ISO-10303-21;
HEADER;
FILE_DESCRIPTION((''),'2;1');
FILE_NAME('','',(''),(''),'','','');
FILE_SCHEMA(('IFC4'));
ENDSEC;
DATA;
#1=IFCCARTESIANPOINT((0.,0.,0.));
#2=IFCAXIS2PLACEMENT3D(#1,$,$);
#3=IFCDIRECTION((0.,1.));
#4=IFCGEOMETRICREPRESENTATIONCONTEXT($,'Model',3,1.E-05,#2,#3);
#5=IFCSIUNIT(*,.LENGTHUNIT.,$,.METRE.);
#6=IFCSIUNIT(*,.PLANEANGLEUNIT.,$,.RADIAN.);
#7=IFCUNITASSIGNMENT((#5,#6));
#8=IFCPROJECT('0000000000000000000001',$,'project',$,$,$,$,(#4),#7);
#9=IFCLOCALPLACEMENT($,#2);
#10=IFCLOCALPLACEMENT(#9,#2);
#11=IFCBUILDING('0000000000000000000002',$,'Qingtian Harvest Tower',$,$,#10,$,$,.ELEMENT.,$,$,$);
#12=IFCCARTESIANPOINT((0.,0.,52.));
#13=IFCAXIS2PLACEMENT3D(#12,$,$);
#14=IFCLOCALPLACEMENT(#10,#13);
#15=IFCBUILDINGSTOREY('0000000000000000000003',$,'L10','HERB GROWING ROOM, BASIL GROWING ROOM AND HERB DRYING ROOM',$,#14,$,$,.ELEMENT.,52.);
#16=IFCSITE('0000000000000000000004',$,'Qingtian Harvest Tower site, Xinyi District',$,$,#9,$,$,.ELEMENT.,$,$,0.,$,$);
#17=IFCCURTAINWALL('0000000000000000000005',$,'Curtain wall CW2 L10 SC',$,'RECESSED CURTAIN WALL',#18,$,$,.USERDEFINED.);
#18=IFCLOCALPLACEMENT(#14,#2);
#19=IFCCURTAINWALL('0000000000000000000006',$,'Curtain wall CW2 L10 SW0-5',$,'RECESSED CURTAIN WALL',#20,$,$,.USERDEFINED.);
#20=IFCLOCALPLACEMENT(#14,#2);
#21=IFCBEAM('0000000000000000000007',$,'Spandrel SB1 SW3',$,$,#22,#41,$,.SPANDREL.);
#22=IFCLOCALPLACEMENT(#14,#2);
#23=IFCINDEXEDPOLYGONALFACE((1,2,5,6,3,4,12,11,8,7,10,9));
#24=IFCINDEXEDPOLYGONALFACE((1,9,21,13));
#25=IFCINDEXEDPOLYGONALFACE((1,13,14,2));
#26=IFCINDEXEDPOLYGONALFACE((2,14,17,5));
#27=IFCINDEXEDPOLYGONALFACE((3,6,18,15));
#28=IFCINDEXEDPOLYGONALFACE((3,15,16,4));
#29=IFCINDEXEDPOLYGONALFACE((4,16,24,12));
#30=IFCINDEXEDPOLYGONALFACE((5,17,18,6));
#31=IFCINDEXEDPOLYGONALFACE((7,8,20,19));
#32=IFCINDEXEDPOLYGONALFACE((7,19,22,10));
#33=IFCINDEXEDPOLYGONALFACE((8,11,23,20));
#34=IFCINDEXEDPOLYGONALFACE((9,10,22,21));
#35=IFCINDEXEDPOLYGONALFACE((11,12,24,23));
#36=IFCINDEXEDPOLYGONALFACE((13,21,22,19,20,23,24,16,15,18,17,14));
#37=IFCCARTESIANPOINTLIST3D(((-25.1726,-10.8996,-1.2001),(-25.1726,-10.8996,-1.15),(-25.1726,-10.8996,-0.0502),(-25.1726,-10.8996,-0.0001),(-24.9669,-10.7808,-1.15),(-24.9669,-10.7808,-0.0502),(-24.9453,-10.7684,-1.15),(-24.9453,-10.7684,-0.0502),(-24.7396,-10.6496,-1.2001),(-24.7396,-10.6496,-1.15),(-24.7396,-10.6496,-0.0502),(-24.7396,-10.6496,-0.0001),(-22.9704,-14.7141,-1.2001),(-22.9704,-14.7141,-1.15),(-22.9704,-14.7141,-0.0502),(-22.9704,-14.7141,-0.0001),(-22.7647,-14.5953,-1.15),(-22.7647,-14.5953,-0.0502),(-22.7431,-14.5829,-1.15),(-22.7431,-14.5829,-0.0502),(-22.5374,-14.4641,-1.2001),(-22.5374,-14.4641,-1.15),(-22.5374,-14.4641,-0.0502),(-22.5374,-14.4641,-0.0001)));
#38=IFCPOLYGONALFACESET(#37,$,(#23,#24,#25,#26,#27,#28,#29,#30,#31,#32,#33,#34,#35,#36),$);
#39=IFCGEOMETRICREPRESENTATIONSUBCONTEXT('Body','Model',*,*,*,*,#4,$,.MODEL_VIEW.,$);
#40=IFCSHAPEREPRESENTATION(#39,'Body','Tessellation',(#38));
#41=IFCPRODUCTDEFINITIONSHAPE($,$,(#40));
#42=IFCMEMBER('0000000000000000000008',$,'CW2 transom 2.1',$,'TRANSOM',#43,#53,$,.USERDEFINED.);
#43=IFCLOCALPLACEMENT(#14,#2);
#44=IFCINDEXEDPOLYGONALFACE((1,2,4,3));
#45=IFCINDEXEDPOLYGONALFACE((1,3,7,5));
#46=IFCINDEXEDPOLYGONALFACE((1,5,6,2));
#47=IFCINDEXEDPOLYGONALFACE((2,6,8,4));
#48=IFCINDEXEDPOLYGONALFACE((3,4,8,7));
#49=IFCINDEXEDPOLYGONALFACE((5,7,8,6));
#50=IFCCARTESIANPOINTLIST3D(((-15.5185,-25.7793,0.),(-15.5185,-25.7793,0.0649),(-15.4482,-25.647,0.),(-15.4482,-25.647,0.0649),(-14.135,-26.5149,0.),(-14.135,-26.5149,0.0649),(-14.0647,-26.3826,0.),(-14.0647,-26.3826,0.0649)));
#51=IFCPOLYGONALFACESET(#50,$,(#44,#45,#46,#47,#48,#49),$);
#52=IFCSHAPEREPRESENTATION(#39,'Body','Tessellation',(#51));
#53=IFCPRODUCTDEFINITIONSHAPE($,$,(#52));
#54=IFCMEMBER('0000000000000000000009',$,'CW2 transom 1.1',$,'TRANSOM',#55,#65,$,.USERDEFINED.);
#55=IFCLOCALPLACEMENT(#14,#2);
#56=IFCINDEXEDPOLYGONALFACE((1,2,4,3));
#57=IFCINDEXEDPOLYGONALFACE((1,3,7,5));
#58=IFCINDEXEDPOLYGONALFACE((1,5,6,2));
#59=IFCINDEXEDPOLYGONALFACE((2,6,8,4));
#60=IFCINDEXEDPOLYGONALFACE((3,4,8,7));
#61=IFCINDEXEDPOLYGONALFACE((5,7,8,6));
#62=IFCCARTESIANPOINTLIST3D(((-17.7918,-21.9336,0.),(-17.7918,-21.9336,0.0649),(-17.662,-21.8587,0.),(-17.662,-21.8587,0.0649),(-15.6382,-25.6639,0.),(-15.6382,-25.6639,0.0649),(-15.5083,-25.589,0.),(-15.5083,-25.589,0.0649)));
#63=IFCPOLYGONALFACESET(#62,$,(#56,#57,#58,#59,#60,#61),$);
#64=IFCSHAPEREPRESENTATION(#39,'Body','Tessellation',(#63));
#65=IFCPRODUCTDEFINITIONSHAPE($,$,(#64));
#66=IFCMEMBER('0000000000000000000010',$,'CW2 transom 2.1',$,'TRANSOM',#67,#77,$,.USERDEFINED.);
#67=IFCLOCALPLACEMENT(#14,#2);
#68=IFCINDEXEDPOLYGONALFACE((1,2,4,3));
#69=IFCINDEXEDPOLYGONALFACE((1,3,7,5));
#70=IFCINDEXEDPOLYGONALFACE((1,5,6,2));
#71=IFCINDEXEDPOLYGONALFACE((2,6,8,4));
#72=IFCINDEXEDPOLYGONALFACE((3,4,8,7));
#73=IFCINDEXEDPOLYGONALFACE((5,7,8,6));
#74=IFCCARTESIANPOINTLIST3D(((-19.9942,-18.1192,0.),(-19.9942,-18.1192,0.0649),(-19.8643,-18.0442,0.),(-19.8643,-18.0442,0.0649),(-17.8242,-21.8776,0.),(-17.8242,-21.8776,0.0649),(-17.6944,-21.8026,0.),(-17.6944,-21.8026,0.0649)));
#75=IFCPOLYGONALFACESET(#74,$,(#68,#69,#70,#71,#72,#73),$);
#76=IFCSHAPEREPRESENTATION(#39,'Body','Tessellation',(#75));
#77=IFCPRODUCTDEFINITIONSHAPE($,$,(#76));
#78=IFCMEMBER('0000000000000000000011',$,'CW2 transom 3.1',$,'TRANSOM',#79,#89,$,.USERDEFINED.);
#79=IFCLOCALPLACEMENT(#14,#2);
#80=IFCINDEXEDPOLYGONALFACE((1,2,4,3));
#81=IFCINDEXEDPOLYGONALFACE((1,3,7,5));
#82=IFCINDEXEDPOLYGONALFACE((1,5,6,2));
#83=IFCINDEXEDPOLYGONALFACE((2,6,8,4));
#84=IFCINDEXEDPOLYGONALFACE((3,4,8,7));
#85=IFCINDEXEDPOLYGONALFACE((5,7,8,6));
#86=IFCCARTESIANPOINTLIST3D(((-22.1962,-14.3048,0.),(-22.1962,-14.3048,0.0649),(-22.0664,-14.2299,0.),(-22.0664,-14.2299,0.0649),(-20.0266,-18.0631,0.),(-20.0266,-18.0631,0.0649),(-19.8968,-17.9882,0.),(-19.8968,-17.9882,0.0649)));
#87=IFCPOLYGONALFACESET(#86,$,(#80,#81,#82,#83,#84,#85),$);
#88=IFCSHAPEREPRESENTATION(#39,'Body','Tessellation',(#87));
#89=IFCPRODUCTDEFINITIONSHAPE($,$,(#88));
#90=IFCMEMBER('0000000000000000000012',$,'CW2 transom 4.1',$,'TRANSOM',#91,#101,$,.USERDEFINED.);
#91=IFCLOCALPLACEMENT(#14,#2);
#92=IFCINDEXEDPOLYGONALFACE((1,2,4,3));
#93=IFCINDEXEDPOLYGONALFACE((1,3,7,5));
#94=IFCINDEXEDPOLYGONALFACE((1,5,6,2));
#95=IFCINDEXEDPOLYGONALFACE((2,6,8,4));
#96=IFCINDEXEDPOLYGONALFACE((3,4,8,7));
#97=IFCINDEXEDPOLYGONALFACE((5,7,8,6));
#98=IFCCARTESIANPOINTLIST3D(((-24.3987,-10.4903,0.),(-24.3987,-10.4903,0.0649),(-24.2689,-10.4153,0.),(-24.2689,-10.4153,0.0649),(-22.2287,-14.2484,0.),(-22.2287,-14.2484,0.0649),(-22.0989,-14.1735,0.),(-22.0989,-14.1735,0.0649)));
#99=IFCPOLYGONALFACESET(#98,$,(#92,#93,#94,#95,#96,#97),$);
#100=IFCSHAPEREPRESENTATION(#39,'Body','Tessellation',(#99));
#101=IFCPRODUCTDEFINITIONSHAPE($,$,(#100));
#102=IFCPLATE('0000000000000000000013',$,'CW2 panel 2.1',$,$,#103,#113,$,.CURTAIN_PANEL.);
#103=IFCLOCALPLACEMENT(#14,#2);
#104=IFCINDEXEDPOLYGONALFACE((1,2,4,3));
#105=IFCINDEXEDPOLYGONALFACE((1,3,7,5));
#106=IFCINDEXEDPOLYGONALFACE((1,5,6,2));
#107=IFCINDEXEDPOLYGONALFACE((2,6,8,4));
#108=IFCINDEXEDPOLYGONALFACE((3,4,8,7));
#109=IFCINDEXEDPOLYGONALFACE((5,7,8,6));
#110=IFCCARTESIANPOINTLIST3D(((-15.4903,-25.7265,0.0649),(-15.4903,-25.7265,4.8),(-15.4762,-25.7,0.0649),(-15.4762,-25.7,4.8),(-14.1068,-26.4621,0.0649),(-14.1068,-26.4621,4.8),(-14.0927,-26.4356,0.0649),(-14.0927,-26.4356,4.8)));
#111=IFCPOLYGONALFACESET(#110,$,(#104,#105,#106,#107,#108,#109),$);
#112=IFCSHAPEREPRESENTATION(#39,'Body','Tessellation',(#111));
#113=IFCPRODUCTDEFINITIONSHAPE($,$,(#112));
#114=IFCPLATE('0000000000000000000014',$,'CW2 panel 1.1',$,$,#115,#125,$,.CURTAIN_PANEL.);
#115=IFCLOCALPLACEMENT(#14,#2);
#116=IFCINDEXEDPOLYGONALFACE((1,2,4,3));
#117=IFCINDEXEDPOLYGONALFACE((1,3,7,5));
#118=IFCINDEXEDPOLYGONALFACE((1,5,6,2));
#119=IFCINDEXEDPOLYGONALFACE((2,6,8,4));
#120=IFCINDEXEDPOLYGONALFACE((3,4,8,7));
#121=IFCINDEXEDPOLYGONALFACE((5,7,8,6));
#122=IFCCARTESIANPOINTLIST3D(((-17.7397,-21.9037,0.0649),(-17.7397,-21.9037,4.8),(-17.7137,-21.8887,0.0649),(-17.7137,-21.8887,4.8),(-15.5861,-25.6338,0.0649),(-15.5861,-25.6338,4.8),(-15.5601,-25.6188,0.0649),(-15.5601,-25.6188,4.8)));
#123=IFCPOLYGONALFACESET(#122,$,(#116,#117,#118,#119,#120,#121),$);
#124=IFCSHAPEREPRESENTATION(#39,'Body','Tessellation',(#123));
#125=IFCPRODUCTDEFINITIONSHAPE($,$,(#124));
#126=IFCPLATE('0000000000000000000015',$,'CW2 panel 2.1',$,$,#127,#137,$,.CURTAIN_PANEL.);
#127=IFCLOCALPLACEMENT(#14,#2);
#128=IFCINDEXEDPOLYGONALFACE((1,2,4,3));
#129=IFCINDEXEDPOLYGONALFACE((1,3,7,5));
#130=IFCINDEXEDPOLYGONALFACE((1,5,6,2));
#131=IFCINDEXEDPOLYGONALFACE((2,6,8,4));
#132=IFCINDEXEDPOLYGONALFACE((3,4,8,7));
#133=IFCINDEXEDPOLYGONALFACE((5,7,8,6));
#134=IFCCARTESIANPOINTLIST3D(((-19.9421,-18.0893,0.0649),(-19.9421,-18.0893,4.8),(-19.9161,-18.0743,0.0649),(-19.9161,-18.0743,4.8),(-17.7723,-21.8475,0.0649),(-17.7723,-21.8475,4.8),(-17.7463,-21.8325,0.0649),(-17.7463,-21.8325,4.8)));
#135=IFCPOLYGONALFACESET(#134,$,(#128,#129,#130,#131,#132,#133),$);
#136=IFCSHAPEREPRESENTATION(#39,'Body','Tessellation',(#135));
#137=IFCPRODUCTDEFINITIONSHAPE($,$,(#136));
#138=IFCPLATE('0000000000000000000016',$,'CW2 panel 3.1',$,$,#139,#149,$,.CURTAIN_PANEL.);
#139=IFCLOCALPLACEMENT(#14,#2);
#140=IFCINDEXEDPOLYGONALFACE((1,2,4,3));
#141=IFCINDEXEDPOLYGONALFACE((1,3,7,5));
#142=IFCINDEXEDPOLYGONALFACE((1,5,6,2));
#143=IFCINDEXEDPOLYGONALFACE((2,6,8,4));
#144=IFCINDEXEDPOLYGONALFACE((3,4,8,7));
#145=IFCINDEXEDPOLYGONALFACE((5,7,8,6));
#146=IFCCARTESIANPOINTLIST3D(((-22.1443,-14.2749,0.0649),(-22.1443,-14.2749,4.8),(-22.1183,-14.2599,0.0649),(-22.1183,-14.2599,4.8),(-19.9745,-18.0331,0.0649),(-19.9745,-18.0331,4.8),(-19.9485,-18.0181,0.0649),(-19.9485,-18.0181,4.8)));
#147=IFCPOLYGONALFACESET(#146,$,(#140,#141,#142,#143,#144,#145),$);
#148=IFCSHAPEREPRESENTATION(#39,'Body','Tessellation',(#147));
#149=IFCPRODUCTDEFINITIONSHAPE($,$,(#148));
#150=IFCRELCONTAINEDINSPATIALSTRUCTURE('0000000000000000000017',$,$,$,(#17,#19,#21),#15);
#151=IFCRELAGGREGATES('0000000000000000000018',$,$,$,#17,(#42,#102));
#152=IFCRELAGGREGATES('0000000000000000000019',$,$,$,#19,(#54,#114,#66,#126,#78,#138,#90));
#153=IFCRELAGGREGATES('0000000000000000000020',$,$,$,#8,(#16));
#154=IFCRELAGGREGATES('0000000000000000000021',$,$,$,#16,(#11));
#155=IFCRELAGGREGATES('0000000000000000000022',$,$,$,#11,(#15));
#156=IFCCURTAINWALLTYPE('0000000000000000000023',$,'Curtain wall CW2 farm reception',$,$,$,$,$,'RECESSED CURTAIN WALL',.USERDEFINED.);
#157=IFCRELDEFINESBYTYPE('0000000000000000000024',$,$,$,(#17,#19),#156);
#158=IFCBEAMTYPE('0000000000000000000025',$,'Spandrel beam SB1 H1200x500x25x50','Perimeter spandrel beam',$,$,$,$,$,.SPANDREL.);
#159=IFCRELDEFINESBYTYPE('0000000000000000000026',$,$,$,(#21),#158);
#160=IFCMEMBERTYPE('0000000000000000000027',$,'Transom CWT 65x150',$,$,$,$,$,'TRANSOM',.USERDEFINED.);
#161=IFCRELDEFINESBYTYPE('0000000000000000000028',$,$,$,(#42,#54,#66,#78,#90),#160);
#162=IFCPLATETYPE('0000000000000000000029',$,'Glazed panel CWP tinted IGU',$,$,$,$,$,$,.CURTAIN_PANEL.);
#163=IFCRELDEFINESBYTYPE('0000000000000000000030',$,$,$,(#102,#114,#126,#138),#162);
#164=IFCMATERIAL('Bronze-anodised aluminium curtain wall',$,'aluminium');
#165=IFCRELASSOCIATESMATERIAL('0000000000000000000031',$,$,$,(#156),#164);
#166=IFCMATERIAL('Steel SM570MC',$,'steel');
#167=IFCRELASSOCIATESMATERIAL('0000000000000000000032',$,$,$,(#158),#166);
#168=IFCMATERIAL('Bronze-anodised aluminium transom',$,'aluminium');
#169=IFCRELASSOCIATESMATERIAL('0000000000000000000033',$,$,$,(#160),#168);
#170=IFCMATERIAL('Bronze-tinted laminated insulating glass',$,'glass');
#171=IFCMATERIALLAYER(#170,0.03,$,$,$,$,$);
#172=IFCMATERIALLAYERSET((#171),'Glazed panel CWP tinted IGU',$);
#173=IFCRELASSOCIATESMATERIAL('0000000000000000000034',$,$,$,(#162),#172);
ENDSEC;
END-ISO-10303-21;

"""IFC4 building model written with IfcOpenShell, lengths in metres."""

from ifc_helpers import new_model, si_unit, direction, frame, origin, origin_2d, place, context, subcontext, project, spatial, rectangle, i_section, extrude, material, layer, layer_set, material_profile, profile_set, type_object, element, aggregate, save


model = new_model("IFC4")

# Units and contexts
model_context = context("Model", 3, precision=1e-05, world=origin(), true_north=direction((0.0, 1.0)))
body_context = subcontext(model_context, "Body", "Model", "MODEL_VIEW")
ifc_project = project(units=[si_unit("LENGTHUNIT", "METRE"), si_unit("PLANEANGLEUNIT", "RADIAN")], contexts=[model_context])

# Site, building, storey
site_placement = place(None, origin())
site = spatial("IfcSite", under=ifc_project, at=site_placement, Name="Qingtian Harvest Tower site, Xinyi District", CompositionType="ELEMENT", RefElevation=0.0)
building_placement = place(site_placement, origin())
building = spatial("IfcBuilding", under=site, at=building_placement, Name="Qingtian Harvest Tower", CompositionType="ELEMENT")
storey_placement = place(building_placement, frame((0.0, 0.0, 52.0)))
storey = spatial("IfcBuildingStorey", under=building, at=storey_placement, Name="L10", Description="HERB GROWING ROOM, BASIL GROWING ROOM AND HERB DRYING ROOM", CompositionType="ELEMENT", Elevation=52.0)

# Curtain wall
ifc_material_1 = material(Name="Bronze-anodised aluminium curtain wall", Category="aluminium")
curtain_wall_type = type_object("IfcCurtainWallType", Name="Curtain wall CW2 farm reception", ElementType="RECESSED CURTAIN WALL", PredefinedType="USERDEFINED", material=ifc_material_1)
curtain_wall_1_placement = place(storey_placement, origin())
curtain_wall_1 = element("IfcCurtainWall", 1, at=curtain_wall_1_placement, inside=storey, type_object=curtain_wall_type, Name="Curtain wall CW2 L10 SC", ObjectType="RECESSED CURTAIN WALL", PredefinedType="USERDEFINED")

# Curtain wall
curtain_wall_2_placement = place(storey_placement, origin())
curtain_wall_2 = element("IfcCurtainWall", 2, at=curtain_wall_2_placement, inside=storey, type_object=curtain_wall_type, Name="Curtain wall CW2 L10 SW0-5", ObjectType="RECESSED CURTAIN WALL", PredefinedType="USERDEFINED")

# Beam
ifc_material_2 = material(Name="Steel SM570MC", Category="steel")
ifc_material_profile_1 = material_profile(ifc_material_2, i_section(OverallWidth=0.5, OverallDepth=1.2, WebThickness=0.0249, FlangeThickness=0.05, at=origin_2d()), Name="H1200x500x25x50")
ifc_profile_set_1 = profile_set([ifc_material_profile_1], Name="Steel SM570MC")
beam_type_1 = type_object("IfcBeamType", Name="Spandrel beam SB1 H1200x500x25x50", Description="Perimeter spandrel beam", PredefinedType="SPANDREL", material=ifc_profile_set_1)
for number, where, z_axis, x_axis, name in (
    (3, (-22.7539, -14.5891, -0.6001), (-0.499978, 0.866038, 0.0), (-0.866038, -0.499978, 0.0), "Spandrel SB1 SW3"),
):
    element("IfcBeam", number, at=place(storey_placement, frame(where, z_axis=z_axis, x_axis=x_axis)), inside=storey, type_object=beam_type_1, Name=name, PredefinedType="SPANDREL", context=body_context, shape_type="SweptSolid", body=[
        extrude(i_section(OverallWidth=0.5, OverallDepth=1.2, WebThickness=0.0249, FlangeThickness=0.05, at=origin_2d()), origin(), (0.0, 0.0, 1.0), 4.4045),
    ])

# Members
ifc_material_3 = material(Name="Bronze-anodised aluminium transom", Category="aluminium")
ifc_material_profile_2 = material_profile(ifc_material_3, rectangle(XDim=0.1499, YDim=0.0649, at=origin_2d()), Name="AL 65x150")
ifc_profile_set_2 = profile_set([ifc_material_profile_2], Name="Bronze-anodised aluminium transom")
member_type_1 = type_object("IfcMemberType", Name="Transom CWT 65x150", ElementType="TRANSOM", PredefinedType="USERDEFINED", material=ifc_profile_set_2)
member_1_placement = place(storey_placement, frame((-14.0999, -26.4487, 0.0325), z_axis=(-0.88296, 0.469448, 0.0), x_axis=(-0.469448, -0.88296, 0.0)))
member_1 = element("IfcMember", 4, at=member_1_placement, type_object=member_type_1, Name="CW2 transom 2.1", ObjectType="TRANSOM", PredefinedType="USERDEFINED", context=body_context, shape_type="SweptSolid", body=[
    extrude(rectangle(XDim=0.1499, YDim=0.0649, at=origin_2d()), origin(), (0.0, 0.0, 1.0), 1.5669),
])
member_2_placement = place(storey_placement, frame((-15.5732, -25.6265, 0.0325), z_axis=(-0.499986, 0.866034, 0.0), x_axis=(-0.866034, -0.499986, 0.0)))
member_2 = element("IfcMember", 5, at=member_2_placement, type_object=member_type_1, Name="CW2 transom 1.1", ObjectType="TRANSOM", PredefinedType="USERDEFINED", context=body_context, shape_type="SweptSolid", body=[
    extrude(rectangle(XDim=0.1499, YDim=0.0649, at=origin_2d()), origin(), (0.0, 0.0, 1.0), 4.3074),
])
member_3_placement = place(storey_placement, frame((-17.7593, -21.8401, 0.0325), z_axis=(-0.500011, 0.866019, 0.0), x_axis=(-0.866019, -0.500011, 0.0)))
member_3 = element("IfcMember", 6, at=member_3_placement, type_object=member_type_1, Name="CW2 transom 2.1", ObjectType="TRANSOM", PredefinedType="USERDEFINED", context=body_context, shape_type="SweptSolid", body=[
    extrude(rectangle(XDim=0.1499, YDim=0.0649, at=origin_2d()), origin(), (0.0, 0.0, 1.0), 4.3398),
])
member_4_placement = place(storey_placement, frame((-19.9617, -18.0256, 0.0325), z_axis=(-0.499969, 0.866043, 0.0), x_axis=(-0.866043, -0.499969, 0.0)))
member_4 = element("IfcMember", 7, at=member_4_placement, type_object=member_type_1, Name="CW2 transom 3.1", ObjectType="TRANSOM", PredefinedType="USERDEFINED", context=body_context, shape_type="SweptSolid", body=[
    extrude(rectangle(XDim=0.1499, YDim=0.0649, at=origin_2d()), origin(), (0.0, 0.0, 1.0), 4.3396),
])
member_5_placement = place(storey_placement, frame((-22.1638, -14.2109, 0.0325), z_axis=(-0.500036, 0.866005, 0.0), x_axis=(-0.866005, -0.500036, 0.0)))
member_5 = element("IfcMember", 8, at=member_5_placement, type_object=member_type_1, Name="CW2 transom 4.1", ObjectType="TRANSOM", PredefinedType="USERDEFINED", context=body_context, shape_type="SweptSolid", body=[
    extrude(rectangle(XDim=0.1499, YDim=0.0649, at=origin_2d()), origin(), (0.0, 0.0, 1.0), 4.3396),
])

# Plates
ifc_material_4 = material(Name="Bronze-tinted laminated insulating glass", Category="glass")
ifc_layer = layer(ifc_material_4, 0.03)
ifc_layer_set = layer_set([ifc_layer], Name="Glazed panel CWP tinted IGU")
plate_type = type_object("IfcPlateType", Name="Glazed panel CWP tinted IGU", PredefinedType="CURTAIN_PANEL", material=ifc_layer_set)
plate_1_placement = place(storey_placement, frame((-14.7915, -26.0811, 0.0649), z_axis=(0.0, 0.0, 1.0), x_axis=(-0.882948, 0.469472, 0.0)))
plate_1 = element("IfcPlate", 9, at=plate_1_placement, type_object=plate_type, Name="CW2 panel 2.1", PredefinedType="CURTAIN_PANEL", context=body_context, shape_type="SweptSolid", body=[
    extrude(rectangle(XDim=1.5669, YDim=0.03, at=origin_2d()), origin(), (0.0, 0.0, 1.0), 4.7351),
])
aggregate(curtain_wall_1, [member_1, plate_1])
plate_2_placement = place(storey_placement, frame((-16.6499, -23.7612, 0.0649), z_axis=(0.0, 0.0, 1.0), x_axis=(-0.5, 0.866025, 0.0)))
plate_2 = element("IfcPlate", 10, at=plate_2_placement, type_object=plate_type, Name="CW2 panel 1.1", PredefinedType="CURTAIN_PANEL", context=body_context, shape_type="SweptSolid", body=[
    extrude(rectangle(XDim=4.3071, YDim=0.03, at=origin_2d()), origin(), (0.0, 0.0, 1.0), 4.7351),
])
plate_3_placement = place(storey_placement, frame((-18.8442, -19.9609, 0.0649), z_axis=(0.0, 0.0, 1.0), x_axis=(-0.5, 0.866025, 0.0)))
plate_3 = element("IfcPlate", 11, at=plate_3_placement, type_object=plate_type, Name="CW2 panel 2.1", PredefinedType="CURTAIN_PANEL", context=body_context, shape_type="SweptSolid", body=[
    extrude(rectangle(XDim=4.3396, YDim=0.03, at=origin_2d()), origin(), (0.0, 0.0, 1.0), 4.7351),
])
plate_4_placement = place(storey_placement, frame((-21.0464, -16.1465, 0.0649), z_axis=(0.0, 0.0, 1.0), x_axis=(-0.5, 0.866025, 0.0)))
plate_4 = element("IfcPlate", 12, at=plate_4_placement, type_object=plate_type, Name="CW2 panel 3.1", PredefinedType="CURTAIN_PANEL", context=body_context, shape_type="SweptSolid", body=[
    extrude(rectangle(XDim=4.3396, YDim=0.03, at=origin_2d()), origin(), (0.0, 0.0, 1.0), 4.7351),
])
aggregate(curtain_wall_2, [member_2, plate_2, member_3, plate_3, member_4, plate_4, member_5])

save(model, "model.ifc")
